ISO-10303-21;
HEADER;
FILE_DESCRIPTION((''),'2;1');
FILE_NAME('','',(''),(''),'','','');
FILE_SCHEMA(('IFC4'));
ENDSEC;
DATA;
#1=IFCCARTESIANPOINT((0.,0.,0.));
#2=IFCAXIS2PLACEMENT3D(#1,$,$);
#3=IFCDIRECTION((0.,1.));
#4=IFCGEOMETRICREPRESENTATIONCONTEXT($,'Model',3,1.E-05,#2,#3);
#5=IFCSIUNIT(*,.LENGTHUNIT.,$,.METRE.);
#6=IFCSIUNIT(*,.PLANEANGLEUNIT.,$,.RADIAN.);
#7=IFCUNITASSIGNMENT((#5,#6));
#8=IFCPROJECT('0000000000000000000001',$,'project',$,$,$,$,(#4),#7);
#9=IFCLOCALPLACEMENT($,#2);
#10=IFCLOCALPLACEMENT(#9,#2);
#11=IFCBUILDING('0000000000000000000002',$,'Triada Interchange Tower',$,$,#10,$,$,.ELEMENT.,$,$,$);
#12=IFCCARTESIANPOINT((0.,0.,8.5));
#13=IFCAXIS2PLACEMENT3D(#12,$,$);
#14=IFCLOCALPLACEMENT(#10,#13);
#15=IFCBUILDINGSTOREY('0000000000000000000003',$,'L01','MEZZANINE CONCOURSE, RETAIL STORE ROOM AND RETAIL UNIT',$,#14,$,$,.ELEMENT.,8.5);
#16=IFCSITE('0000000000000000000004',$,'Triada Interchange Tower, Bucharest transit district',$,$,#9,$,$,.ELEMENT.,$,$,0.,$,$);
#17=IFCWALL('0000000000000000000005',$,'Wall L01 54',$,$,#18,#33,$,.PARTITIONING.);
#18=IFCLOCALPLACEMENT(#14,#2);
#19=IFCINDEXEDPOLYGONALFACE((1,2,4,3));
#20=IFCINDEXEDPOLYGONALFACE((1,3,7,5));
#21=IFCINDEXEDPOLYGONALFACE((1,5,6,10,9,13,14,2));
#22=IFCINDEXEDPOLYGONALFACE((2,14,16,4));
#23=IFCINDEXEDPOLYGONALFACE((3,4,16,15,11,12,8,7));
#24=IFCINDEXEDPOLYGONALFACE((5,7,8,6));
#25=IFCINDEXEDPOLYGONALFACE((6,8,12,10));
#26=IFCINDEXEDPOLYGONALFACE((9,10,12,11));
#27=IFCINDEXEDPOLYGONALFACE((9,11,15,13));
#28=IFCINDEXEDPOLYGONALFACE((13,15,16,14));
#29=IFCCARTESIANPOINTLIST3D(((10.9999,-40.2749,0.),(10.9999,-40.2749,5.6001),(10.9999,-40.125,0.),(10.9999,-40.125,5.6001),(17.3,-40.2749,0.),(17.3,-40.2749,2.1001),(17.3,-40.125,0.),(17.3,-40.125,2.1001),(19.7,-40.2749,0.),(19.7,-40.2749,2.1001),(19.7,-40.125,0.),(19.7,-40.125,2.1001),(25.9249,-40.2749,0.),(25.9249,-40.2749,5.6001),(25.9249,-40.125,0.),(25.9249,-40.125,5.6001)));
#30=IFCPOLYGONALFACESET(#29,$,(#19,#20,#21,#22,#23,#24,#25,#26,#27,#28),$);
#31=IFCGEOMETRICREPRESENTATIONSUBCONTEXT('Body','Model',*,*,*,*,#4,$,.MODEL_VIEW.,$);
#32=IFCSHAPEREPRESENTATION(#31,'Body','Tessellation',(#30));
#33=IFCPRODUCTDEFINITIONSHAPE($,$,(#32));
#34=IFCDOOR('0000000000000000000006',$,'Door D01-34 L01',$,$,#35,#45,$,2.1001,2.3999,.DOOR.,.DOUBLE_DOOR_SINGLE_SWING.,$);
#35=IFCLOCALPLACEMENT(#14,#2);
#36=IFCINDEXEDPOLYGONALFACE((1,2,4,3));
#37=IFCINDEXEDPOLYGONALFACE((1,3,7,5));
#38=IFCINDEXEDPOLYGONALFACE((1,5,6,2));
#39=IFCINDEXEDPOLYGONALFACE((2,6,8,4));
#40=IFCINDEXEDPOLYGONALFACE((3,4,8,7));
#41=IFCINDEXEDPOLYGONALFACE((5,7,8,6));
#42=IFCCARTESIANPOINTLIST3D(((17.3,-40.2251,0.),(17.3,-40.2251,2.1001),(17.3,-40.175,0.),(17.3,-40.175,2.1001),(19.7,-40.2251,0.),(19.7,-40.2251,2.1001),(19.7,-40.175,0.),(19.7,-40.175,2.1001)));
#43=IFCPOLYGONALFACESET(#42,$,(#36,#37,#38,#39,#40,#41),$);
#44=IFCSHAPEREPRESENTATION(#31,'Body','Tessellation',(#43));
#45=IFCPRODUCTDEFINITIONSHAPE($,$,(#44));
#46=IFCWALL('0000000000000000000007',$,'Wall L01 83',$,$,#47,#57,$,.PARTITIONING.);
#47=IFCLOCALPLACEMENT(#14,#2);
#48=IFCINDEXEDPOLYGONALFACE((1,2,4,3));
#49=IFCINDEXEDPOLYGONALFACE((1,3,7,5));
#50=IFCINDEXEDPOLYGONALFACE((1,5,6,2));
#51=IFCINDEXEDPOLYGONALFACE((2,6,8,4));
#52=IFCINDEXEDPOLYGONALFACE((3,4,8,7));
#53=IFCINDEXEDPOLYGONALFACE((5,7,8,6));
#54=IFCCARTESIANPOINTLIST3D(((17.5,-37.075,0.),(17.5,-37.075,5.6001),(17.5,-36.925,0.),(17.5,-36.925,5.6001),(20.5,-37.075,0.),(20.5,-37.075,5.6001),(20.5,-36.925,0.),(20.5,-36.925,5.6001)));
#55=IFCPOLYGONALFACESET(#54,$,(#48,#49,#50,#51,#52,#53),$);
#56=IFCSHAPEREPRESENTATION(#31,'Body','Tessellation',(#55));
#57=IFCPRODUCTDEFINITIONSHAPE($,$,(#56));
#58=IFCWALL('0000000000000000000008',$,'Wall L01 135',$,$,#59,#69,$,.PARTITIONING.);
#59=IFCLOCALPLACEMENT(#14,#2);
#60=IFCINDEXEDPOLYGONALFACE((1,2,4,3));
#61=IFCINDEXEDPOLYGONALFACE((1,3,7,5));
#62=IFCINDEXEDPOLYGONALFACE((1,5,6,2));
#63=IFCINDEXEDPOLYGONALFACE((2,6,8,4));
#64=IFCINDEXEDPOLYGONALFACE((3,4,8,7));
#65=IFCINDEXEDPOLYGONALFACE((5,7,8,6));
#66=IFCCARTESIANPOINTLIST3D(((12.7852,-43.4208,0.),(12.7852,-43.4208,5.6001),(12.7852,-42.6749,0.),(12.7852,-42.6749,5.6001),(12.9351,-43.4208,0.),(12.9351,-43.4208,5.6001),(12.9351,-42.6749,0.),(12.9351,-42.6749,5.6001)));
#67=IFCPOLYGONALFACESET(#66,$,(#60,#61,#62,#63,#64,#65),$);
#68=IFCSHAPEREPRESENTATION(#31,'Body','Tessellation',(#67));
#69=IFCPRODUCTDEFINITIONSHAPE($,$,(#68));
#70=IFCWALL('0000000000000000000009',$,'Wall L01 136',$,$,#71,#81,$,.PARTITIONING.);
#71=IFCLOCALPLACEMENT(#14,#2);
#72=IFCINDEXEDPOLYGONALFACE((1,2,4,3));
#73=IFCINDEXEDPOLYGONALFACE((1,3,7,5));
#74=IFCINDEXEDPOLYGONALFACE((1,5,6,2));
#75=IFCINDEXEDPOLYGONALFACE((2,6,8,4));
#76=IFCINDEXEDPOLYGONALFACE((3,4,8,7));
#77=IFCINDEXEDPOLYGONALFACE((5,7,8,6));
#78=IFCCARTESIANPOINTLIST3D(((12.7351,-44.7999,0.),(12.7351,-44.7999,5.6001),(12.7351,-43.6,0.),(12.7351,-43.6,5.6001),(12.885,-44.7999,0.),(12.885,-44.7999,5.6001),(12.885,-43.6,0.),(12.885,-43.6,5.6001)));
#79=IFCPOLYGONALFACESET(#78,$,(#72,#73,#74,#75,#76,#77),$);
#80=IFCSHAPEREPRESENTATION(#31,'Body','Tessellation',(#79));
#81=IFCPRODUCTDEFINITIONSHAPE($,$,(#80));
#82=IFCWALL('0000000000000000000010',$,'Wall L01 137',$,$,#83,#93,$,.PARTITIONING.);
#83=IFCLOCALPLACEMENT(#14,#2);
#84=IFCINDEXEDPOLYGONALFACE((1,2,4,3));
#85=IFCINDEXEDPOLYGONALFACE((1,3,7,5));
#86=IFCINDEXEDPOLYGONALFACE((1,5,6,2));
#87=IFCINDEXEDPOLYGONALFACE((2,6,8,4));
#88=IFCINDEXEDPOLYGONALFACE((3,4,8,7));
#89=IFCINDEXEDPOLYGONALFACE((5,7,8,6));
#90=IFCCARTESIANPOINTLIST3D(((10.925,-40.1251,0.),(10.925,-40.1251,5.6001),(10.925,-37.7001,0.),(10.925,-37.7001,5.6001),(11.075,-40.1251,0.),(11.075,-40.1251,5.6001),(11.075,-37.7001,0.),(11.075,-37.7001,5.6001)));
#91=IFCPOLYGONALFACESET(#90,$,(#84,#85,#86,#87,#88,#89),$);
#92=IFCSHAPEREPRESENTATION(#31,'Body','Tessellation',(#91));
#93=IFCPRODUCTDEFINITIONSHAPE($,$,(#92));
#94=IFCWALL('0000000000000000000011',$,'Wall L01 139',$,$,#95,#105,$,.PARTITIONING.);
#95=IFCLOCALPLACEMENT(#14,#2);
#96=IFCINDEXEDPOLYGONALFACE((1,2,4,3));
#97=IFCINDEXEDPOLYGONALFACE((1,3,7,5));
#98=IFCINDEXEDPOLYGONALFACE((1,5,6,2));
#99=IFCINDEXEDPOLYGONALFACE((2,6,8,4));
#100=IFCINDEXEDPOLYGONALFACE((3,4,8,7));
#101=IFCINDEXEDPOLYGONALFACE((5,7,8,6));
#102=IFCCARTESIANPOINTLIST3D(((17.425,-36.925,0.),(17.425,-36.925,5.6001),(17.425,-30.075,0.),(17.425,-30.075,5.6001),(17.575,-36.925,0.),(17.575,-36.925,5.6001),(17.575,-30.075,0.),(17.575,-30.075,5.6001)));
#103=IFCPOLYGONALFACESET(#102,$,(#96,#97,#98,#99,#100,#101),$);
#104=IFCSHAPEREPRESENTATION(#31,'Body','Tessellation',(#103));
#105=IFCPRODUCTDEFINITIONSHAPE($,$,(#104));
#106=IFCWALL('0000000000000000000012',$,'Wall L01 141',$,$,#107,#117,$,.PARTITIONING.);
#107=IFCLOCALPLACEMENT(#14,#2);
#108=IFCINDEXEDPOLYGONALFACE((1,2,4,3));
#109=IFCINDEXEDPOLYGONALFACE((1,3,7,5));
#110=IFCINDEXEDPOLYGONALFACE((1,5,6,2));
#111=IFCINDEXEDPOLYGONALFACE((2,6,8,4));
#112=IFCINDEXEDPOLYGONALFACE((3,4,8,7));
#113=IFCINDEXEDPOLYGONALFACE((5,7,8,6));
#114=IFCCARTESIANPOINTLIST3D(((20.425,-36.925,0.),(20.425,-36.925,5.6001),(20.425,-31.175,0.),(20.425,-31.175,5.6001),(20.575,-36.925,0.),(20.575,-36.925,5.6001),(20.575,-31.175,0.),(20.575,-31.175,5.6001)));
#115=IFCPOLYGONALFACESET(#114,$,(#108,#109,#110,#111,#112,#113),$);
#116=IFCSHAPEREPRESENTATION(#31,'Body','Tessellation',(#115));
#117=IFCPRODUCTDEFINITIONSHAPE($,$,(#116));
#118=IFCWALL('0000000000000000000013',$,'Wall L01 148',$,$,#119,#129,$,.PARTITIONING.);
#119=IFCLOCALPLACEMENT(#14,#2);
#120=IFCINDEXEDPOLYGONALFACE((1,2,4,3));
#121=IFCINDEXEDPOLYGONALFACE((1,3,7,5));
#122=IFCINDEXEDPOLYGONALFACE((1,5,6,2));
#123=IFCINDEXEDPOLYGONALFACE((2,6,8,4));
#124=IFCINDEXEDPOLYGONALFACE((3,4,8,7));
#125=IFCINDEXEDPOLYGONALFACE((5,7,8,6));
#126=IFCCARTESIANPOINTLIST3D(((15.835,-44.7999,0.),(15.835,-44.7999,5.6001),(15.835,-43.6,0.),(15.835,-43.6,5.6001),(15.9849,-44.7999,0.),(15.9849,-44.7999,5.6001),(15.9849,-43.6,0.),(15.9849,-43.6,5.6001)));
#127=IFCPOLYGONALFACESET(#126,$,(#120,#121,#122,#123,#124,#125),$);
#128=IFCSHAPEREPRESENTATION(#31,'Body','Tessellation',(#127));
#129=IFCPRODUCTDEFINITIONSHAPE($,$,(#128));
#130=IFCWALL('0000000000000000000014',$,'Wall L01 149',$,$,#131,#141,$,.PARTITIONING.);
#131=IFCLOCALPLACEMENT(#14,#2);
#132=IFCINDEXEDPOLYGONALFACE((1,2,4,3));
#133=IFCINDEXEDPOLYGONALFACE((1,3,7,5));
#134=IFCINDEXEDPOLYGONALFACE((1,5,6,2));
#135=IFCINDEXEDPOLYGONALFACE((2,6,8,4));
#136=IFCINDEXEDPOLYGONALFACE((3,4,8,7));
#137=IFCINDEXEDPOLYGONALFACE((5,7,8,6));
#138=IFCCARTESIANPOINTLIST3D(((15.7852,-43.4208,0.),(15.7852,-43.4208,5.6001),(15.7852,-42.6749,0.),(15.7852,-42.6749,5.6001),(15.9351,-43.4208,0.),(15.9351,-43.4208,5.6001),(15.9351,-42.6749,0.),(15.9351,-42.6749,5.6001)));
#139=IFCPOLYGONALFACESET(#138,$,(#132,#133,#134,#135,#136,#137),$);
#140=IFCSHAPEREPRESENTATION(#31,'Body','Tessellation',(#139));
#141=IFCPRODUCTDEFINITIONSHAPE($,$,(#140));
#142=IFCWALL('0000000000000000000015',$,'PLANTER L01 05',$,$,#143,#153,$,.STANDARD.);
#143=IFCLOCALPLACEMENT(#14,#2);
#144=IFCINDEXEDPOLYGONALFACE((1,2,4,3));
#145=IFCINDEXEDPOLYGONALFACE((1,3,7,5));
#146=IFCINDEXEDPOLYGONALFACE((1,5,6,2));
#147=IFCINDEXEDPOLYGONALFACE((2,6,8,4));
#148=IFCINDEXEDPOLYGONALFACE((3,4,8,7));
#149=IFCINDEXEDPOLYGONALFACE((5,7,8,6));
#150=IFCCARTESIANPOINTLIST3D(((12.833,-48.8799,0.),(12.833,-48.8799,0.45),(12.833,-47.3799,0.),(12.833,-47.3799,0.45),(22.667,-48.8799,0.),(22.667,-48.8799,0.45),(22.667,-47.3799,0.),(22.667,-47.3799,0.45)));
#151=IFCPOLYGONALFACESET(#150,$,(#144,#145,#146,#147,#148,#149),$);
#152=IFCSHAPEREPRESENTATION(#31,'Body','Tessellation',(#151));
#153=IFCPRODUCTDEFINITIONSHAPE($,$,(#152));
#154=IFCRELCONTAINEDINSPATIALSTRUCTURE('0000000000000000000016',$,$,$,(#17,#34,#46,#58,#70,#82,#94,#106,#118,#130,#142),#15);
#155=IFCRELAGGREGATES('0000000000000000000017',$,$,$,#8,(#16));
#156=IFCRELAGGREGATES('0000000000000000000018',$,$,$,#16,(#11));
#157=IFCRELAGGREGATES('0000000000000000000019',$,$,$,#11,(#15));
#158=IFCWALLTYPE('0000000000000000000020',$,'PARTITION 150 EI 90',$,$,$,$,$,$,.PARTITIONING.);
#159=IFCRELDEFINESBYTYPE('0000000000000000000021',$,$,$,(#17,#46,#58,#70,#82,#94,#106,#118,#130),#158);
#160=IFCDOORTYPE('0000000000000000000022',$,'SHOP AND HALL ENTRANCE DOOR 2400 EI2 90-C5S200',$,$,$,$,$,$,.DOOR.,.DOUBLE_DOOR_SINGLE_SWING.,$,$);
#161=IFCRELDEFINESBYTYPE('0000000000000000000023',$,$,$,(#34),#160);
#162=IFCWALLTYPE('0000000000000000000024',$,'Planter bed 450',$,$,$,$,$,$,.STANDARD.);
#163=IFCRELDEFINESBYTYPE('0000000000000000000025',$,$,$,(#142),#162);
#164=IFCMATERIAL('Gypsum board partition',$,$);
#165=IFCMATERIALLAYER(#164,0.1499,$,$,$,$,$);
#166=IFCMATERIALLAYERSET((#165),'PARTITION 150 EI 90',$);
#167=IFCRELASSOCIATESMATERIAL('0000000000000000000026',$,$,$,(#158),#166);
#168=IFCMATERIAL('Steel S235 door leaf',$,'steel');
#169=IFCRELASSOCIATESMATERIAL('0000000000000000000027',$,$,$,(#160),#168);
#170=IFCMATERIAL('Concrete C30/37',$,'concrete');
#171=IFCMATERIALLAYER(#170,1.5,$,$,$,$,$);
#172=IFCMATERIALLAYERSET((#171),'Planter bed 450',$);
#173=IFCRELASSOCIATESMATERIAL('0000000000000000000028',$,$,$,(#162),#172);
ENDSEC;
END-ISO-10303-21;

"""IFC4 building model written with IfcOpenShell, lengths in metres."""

from ifc_helpers import new_model, si_unit, direction, frame, frame_2d, origin, place, context, subcontext, project, spatial, rectangle, extrude, material, layer, layer_set, type_object, element, fill, save


model = new_model("IFC4")

# Units and contexts
model_context = context("Model", 3, precision=1e-05, world=origin(), true_north=direction((0.0, 1.0)))
body_context = subcontext(model_context, "Body", "Model", "MODEL_VIEW")
ifc_project = project(units=[si_unit("LENGTHUNIT", "METRE"), si_unit("PLANEANGLEUNIT", "RADIAN")], contexts=[model_context])

# Site, building, storey
site_placement = place(None, origin())
site = spatial("IfcSite", under=ifc_project, at=site_placement, Name="Triada Interchange Tower, Bucharest transit district", CompositionType="ELEMENT", RefElevation=0.0)
building_placement = place(site_placement, origin())
building = spatial("IfcBuilding", under=site, at=building_placement, Name="Triada Interchange Tower", CompositionType="ELEMENT")
storey_placement = place(building_placement, frame((0.0, 0.0, 8.5)))
storey = spatial("IfcBuildingStorey", under=building, at=storey_placement, Name="L01", Description="MEZZANINE CONCOURSE, RETAIL STORE ROOM AND RETAIL UNIT", CompositionType="ELEMENT", Elevation=8.5)

# Shared definitions
ifc_material_1 = material(Name="Concrete C30/37", Category="concrete")

# Wall, opening, door
ifc_material_2 = material(Name="Gypsum board partition")
ifc_layer_1 = layer(ifc_material_2, 0.1499)
ifc_layer_set_1 = layer_set([ifc_layer_1], Name="PARTITION 150 EI 90")
wall_type_1 = type_object("IfcWallType", Name="PARTITION 150 EI 90", PredefinedType="PARTITIONING", material=ifc_layer_set_1)
ifc_material_3 = material(Name="Steel S235 door leaf", Category="steel")
wall_1_placement = place(storey_placement, frame((11.0, -40.2, 0.0), z_axis=(0.0, 0.0, 1.0), x_axis=(1.0, 0.0, 0.0)))
wall_1 = element("IfcWall", 1, at=wall_1_placement, inside=storey, type_object=wall_type_1, Name="Wall L01 54", PredefinedType="PARTITIONING", context=body_context, shape_type="SweptSolid", body=[
    extrude(rectangle(XDim=14.925, YDim=0.1499, at=frame_2d((7.4624, 0.0))), origin(), (0.0, 0.0, 1.0), 5.6001),
])
opening_1_placement = place(wall_1_placement, frame((6.3, 0.0, 0.0)))
opening_1 = element("IfcOpeningElement", 2, at=opening_1_placement, cuts=wall_1, PredefinedType="OPENING", context=body_context, shape_type="SweptSolid", body=[
    extrude(rectangle(XDim=2.3999, YDim=2.1001, at=frame_2d((1.2, 1.05))), frame((0.0, 0.085, 0.0), z_axis=(0.0, -1.0, 0.0), x_axis=(1.0, 0.0, 0.0)), (0.0, 0.0, 1.0), 0.1699),
])
door_type_1 = type_object("IfcDoorType", Name="SHOP AND HALL ENTRANCE DOOR 2400 EI2 90-C5S200", OperationType="DOUBLE_DOOR_SINGLE_SWING", PredefinedType="DOOR", material=ifc_material_3)
door_1_placement = place(opening_1_placement, origin())
door_1 = element("IfcDoor", 3, at=door_1_placement, inside=storey, type_object=door_type_1, Name="Door D01-34 L01", OperationType="DOUBLE_DOOR_SINGLE_SWING", OverallHeight=2.1001, OverallWidth=2.3999, PredefinedType="DOOR", context=body_context, shape_type="SweptSolid", body=[
    extrude(rectangle(XDim=2.3999, YDim=2.1001, at=frame_2d((1.2, 1.05))), frame((0.0, 0.0249, 0.0), z_axis=(0.0, -1.0, 0.0), x_axis=(1.0, 0.0, 0.0)), (0.0, 0.0, 1.0), 0.05),
])
fill(opening_1, door_1)

# Walls
wall_2_placement = place(storey_placement, frame((17.5, -37.0, 0.0), z_axis=(0.0, 0.0, 1.0), x_axis=(1.0, 0.0, 0.0)))
element("IfcWall", 4, at=wall_2_placement, inside=storey, type_object=wall_type_1, Name="Wall L01 83", PredefinedType="PARTITIONING", context=body_context, shape_type="SweptSolid", body=[
    extrude(rectangle(XDim=3.0, YDim=0.1499, at=frame_2d((1.5, 0.0))), origin(), (0.0, 0.0, 1.0), 5.6001),
])
wall_3_placement = place(storey_placement, frame((12.8601, -43.4209, 0.0), z_axis=(0.0, 0.0, 1.0), x_axis=(0.0, 1.0, 0.0)))
element("IfcWall", 5, at=wall_3_placement, inside=storey, type_object=wall_type_1, Name="Wall L01 135", PredefinedType="PARTITIONING", context=body_context, shape_type="SweptSolid", body=[
    extrude(rectangle(XDim=0.7458, YDim=0.1499, at=frame_2d((0.373, 0.0))), origin(), (0.0, 0.0, 1.0), 5.6001),
])
wall_4_placement = place(storey_placement, frame((12.8101, -44.8, 0.0), z_axis=(0.0, 0.0, 1.0), x_axis=(0.0, 1.0, 0.0)))
element("IfcWall", 6, at=wall_4_placement, inside=storey, type_object=wall_type_1, Name="Wall L01 136", PredefinedType="PARTITIONING", context=body_context, shape_type="SweptSolid", body=[
    extrude(rectangle(XDim=1.2, YDim=0.1499, at=frame_2d((0.6001, 0.0))), origin(), (0.0, 0.0, 1.0), 5.6001),
])
wall_5_placement = place(storey_placement, frame((11.0, -40.125, 0.0), z_axis=(0.0, 0.0, 1.0), x_axis=(0.0, 1.0, 0.0)))
element("IfcWall", 7, at=wall_5_placement, inside=storey, type_object=wall_type_1, Name="Wall L01 137", PredefinedType="PARTITIONING", context=body_context, shape_type="SweptSolid", body=[
    extrude(rectangle(XDim=2.425, YDim=0.1499, at=frame_2d((1.2124, 0.0))), origin(), (0.0, 0.0, 1.0), 5.6001),
])
wall_6_placement = place(storey_placement, frame((17.5, -36.925, 0.0), z_axis=(0.0, 0.0, 1.0), x_axis=(0.0, 1.0, 0.0)))
element("IfcWall", 8, at=wall_6_placement, inside=storey, type_object=wall_type_1, Name="Wall L01 139", PredefinedType="PARTITIONING", context=body_context, shape_type="SweptSolid", body=[
    extrude(rectangle(XDim=6.8501, YDim=0.1499, at=frame_2d((3.425, 0.0))), origin(), (0.0, 0.0, 1.0), 5.6001),
])
wall_7_placement = place(storey_placement, frame((20.5, -36.925, 0.0), z_axis=(0.0, 0.0, 1.0), x_axis=(0.0, 1.0, 0.0)))
element("IfcWall", 9, at=wall_7_placement, inside=storey, type_object=wall_type_1, Name="Wall L01 141", PredefinedType="PARTITIONING", context=body_context, shape_type="SweptSolid", body=[
    extrude(rectangle(XDim=5.75, YDim=0.1499, at=frame_2d((2.875, 0.0))), origin(), (0.0, 0.0, 1.0), 5.6001),
])
wall_8_placement = place(storey_placement, frame((15.9099, -44.8, 0.0), z_axis=(0.0, 0.0, 1.0), x_axis=(0.0, 1.0, 0.0)))
element("IfcWall", 10, at=wall_8_placement, inside=storey, type_object=wall_type_1, Name="Wall L01 148", PredefinedType="PARTITIONING", context=body_context, shape_type="SweptSolid", body=[
    extrude(rectangle(XDim=1.2, YDim=0.1499, at=frame_2d((0.6001, 0.0))), origin(), (0.0, 0.0, 1.0), 5.6001),
])
wall_9_placement = place(storey_placement, frame((15.8601, -43.4209, 0.0), z_axis=(0.0, 0.0, 1.0), x_axis=(0.0, 1.0, 0.0)))
element("IfcWall", 11, at=wall_9_placement, inside=storey, type_object=wall_type_1, Name="Wall L01 149", PredefinedType="PARTITIONING", context=body_context, shape_type="SweptSolid", body=[
    extrude(rectangle(XDim=0.7458, YDim=0.1499, at=frame_2d((0.373, 0.0))), origin(), (0.0, 0.0, 1.0), 5.6001),
])
ifc_layer_2 = layer(ifc_material_1, 1.5)
ifc_layer_set_2 = layer_set([ifc_layer_2], Name="Planter bed 450")
wall_type_2 = type_object("IfcWallType", Name="Planter bed 450", PredefinedType="STANDARD", material=ifc_layer_set_2)
wall_10_placement = place(storey_placement, frame((12.833, -48.1299, 0.0), z_axis=(0.0, 0.0, 1.0), x_axis=(1.0, 0.0, 0.0)))
element("IfcWall", 12, at=wall_10_placement, inside=storey, type_object=wall_type_2, Name="PLANTER L01 05", PredefinedType="STANDARD", context=body_context, shape_type="SweptSolid", body=[
    extrude(rectangle(XDim=9.834, YDim=1.5, at=frame_2d((4.917, 0.0))), origin(), (0.0, 0.0, 1.0), 0.45),
])

save(model, "model.ifc")
